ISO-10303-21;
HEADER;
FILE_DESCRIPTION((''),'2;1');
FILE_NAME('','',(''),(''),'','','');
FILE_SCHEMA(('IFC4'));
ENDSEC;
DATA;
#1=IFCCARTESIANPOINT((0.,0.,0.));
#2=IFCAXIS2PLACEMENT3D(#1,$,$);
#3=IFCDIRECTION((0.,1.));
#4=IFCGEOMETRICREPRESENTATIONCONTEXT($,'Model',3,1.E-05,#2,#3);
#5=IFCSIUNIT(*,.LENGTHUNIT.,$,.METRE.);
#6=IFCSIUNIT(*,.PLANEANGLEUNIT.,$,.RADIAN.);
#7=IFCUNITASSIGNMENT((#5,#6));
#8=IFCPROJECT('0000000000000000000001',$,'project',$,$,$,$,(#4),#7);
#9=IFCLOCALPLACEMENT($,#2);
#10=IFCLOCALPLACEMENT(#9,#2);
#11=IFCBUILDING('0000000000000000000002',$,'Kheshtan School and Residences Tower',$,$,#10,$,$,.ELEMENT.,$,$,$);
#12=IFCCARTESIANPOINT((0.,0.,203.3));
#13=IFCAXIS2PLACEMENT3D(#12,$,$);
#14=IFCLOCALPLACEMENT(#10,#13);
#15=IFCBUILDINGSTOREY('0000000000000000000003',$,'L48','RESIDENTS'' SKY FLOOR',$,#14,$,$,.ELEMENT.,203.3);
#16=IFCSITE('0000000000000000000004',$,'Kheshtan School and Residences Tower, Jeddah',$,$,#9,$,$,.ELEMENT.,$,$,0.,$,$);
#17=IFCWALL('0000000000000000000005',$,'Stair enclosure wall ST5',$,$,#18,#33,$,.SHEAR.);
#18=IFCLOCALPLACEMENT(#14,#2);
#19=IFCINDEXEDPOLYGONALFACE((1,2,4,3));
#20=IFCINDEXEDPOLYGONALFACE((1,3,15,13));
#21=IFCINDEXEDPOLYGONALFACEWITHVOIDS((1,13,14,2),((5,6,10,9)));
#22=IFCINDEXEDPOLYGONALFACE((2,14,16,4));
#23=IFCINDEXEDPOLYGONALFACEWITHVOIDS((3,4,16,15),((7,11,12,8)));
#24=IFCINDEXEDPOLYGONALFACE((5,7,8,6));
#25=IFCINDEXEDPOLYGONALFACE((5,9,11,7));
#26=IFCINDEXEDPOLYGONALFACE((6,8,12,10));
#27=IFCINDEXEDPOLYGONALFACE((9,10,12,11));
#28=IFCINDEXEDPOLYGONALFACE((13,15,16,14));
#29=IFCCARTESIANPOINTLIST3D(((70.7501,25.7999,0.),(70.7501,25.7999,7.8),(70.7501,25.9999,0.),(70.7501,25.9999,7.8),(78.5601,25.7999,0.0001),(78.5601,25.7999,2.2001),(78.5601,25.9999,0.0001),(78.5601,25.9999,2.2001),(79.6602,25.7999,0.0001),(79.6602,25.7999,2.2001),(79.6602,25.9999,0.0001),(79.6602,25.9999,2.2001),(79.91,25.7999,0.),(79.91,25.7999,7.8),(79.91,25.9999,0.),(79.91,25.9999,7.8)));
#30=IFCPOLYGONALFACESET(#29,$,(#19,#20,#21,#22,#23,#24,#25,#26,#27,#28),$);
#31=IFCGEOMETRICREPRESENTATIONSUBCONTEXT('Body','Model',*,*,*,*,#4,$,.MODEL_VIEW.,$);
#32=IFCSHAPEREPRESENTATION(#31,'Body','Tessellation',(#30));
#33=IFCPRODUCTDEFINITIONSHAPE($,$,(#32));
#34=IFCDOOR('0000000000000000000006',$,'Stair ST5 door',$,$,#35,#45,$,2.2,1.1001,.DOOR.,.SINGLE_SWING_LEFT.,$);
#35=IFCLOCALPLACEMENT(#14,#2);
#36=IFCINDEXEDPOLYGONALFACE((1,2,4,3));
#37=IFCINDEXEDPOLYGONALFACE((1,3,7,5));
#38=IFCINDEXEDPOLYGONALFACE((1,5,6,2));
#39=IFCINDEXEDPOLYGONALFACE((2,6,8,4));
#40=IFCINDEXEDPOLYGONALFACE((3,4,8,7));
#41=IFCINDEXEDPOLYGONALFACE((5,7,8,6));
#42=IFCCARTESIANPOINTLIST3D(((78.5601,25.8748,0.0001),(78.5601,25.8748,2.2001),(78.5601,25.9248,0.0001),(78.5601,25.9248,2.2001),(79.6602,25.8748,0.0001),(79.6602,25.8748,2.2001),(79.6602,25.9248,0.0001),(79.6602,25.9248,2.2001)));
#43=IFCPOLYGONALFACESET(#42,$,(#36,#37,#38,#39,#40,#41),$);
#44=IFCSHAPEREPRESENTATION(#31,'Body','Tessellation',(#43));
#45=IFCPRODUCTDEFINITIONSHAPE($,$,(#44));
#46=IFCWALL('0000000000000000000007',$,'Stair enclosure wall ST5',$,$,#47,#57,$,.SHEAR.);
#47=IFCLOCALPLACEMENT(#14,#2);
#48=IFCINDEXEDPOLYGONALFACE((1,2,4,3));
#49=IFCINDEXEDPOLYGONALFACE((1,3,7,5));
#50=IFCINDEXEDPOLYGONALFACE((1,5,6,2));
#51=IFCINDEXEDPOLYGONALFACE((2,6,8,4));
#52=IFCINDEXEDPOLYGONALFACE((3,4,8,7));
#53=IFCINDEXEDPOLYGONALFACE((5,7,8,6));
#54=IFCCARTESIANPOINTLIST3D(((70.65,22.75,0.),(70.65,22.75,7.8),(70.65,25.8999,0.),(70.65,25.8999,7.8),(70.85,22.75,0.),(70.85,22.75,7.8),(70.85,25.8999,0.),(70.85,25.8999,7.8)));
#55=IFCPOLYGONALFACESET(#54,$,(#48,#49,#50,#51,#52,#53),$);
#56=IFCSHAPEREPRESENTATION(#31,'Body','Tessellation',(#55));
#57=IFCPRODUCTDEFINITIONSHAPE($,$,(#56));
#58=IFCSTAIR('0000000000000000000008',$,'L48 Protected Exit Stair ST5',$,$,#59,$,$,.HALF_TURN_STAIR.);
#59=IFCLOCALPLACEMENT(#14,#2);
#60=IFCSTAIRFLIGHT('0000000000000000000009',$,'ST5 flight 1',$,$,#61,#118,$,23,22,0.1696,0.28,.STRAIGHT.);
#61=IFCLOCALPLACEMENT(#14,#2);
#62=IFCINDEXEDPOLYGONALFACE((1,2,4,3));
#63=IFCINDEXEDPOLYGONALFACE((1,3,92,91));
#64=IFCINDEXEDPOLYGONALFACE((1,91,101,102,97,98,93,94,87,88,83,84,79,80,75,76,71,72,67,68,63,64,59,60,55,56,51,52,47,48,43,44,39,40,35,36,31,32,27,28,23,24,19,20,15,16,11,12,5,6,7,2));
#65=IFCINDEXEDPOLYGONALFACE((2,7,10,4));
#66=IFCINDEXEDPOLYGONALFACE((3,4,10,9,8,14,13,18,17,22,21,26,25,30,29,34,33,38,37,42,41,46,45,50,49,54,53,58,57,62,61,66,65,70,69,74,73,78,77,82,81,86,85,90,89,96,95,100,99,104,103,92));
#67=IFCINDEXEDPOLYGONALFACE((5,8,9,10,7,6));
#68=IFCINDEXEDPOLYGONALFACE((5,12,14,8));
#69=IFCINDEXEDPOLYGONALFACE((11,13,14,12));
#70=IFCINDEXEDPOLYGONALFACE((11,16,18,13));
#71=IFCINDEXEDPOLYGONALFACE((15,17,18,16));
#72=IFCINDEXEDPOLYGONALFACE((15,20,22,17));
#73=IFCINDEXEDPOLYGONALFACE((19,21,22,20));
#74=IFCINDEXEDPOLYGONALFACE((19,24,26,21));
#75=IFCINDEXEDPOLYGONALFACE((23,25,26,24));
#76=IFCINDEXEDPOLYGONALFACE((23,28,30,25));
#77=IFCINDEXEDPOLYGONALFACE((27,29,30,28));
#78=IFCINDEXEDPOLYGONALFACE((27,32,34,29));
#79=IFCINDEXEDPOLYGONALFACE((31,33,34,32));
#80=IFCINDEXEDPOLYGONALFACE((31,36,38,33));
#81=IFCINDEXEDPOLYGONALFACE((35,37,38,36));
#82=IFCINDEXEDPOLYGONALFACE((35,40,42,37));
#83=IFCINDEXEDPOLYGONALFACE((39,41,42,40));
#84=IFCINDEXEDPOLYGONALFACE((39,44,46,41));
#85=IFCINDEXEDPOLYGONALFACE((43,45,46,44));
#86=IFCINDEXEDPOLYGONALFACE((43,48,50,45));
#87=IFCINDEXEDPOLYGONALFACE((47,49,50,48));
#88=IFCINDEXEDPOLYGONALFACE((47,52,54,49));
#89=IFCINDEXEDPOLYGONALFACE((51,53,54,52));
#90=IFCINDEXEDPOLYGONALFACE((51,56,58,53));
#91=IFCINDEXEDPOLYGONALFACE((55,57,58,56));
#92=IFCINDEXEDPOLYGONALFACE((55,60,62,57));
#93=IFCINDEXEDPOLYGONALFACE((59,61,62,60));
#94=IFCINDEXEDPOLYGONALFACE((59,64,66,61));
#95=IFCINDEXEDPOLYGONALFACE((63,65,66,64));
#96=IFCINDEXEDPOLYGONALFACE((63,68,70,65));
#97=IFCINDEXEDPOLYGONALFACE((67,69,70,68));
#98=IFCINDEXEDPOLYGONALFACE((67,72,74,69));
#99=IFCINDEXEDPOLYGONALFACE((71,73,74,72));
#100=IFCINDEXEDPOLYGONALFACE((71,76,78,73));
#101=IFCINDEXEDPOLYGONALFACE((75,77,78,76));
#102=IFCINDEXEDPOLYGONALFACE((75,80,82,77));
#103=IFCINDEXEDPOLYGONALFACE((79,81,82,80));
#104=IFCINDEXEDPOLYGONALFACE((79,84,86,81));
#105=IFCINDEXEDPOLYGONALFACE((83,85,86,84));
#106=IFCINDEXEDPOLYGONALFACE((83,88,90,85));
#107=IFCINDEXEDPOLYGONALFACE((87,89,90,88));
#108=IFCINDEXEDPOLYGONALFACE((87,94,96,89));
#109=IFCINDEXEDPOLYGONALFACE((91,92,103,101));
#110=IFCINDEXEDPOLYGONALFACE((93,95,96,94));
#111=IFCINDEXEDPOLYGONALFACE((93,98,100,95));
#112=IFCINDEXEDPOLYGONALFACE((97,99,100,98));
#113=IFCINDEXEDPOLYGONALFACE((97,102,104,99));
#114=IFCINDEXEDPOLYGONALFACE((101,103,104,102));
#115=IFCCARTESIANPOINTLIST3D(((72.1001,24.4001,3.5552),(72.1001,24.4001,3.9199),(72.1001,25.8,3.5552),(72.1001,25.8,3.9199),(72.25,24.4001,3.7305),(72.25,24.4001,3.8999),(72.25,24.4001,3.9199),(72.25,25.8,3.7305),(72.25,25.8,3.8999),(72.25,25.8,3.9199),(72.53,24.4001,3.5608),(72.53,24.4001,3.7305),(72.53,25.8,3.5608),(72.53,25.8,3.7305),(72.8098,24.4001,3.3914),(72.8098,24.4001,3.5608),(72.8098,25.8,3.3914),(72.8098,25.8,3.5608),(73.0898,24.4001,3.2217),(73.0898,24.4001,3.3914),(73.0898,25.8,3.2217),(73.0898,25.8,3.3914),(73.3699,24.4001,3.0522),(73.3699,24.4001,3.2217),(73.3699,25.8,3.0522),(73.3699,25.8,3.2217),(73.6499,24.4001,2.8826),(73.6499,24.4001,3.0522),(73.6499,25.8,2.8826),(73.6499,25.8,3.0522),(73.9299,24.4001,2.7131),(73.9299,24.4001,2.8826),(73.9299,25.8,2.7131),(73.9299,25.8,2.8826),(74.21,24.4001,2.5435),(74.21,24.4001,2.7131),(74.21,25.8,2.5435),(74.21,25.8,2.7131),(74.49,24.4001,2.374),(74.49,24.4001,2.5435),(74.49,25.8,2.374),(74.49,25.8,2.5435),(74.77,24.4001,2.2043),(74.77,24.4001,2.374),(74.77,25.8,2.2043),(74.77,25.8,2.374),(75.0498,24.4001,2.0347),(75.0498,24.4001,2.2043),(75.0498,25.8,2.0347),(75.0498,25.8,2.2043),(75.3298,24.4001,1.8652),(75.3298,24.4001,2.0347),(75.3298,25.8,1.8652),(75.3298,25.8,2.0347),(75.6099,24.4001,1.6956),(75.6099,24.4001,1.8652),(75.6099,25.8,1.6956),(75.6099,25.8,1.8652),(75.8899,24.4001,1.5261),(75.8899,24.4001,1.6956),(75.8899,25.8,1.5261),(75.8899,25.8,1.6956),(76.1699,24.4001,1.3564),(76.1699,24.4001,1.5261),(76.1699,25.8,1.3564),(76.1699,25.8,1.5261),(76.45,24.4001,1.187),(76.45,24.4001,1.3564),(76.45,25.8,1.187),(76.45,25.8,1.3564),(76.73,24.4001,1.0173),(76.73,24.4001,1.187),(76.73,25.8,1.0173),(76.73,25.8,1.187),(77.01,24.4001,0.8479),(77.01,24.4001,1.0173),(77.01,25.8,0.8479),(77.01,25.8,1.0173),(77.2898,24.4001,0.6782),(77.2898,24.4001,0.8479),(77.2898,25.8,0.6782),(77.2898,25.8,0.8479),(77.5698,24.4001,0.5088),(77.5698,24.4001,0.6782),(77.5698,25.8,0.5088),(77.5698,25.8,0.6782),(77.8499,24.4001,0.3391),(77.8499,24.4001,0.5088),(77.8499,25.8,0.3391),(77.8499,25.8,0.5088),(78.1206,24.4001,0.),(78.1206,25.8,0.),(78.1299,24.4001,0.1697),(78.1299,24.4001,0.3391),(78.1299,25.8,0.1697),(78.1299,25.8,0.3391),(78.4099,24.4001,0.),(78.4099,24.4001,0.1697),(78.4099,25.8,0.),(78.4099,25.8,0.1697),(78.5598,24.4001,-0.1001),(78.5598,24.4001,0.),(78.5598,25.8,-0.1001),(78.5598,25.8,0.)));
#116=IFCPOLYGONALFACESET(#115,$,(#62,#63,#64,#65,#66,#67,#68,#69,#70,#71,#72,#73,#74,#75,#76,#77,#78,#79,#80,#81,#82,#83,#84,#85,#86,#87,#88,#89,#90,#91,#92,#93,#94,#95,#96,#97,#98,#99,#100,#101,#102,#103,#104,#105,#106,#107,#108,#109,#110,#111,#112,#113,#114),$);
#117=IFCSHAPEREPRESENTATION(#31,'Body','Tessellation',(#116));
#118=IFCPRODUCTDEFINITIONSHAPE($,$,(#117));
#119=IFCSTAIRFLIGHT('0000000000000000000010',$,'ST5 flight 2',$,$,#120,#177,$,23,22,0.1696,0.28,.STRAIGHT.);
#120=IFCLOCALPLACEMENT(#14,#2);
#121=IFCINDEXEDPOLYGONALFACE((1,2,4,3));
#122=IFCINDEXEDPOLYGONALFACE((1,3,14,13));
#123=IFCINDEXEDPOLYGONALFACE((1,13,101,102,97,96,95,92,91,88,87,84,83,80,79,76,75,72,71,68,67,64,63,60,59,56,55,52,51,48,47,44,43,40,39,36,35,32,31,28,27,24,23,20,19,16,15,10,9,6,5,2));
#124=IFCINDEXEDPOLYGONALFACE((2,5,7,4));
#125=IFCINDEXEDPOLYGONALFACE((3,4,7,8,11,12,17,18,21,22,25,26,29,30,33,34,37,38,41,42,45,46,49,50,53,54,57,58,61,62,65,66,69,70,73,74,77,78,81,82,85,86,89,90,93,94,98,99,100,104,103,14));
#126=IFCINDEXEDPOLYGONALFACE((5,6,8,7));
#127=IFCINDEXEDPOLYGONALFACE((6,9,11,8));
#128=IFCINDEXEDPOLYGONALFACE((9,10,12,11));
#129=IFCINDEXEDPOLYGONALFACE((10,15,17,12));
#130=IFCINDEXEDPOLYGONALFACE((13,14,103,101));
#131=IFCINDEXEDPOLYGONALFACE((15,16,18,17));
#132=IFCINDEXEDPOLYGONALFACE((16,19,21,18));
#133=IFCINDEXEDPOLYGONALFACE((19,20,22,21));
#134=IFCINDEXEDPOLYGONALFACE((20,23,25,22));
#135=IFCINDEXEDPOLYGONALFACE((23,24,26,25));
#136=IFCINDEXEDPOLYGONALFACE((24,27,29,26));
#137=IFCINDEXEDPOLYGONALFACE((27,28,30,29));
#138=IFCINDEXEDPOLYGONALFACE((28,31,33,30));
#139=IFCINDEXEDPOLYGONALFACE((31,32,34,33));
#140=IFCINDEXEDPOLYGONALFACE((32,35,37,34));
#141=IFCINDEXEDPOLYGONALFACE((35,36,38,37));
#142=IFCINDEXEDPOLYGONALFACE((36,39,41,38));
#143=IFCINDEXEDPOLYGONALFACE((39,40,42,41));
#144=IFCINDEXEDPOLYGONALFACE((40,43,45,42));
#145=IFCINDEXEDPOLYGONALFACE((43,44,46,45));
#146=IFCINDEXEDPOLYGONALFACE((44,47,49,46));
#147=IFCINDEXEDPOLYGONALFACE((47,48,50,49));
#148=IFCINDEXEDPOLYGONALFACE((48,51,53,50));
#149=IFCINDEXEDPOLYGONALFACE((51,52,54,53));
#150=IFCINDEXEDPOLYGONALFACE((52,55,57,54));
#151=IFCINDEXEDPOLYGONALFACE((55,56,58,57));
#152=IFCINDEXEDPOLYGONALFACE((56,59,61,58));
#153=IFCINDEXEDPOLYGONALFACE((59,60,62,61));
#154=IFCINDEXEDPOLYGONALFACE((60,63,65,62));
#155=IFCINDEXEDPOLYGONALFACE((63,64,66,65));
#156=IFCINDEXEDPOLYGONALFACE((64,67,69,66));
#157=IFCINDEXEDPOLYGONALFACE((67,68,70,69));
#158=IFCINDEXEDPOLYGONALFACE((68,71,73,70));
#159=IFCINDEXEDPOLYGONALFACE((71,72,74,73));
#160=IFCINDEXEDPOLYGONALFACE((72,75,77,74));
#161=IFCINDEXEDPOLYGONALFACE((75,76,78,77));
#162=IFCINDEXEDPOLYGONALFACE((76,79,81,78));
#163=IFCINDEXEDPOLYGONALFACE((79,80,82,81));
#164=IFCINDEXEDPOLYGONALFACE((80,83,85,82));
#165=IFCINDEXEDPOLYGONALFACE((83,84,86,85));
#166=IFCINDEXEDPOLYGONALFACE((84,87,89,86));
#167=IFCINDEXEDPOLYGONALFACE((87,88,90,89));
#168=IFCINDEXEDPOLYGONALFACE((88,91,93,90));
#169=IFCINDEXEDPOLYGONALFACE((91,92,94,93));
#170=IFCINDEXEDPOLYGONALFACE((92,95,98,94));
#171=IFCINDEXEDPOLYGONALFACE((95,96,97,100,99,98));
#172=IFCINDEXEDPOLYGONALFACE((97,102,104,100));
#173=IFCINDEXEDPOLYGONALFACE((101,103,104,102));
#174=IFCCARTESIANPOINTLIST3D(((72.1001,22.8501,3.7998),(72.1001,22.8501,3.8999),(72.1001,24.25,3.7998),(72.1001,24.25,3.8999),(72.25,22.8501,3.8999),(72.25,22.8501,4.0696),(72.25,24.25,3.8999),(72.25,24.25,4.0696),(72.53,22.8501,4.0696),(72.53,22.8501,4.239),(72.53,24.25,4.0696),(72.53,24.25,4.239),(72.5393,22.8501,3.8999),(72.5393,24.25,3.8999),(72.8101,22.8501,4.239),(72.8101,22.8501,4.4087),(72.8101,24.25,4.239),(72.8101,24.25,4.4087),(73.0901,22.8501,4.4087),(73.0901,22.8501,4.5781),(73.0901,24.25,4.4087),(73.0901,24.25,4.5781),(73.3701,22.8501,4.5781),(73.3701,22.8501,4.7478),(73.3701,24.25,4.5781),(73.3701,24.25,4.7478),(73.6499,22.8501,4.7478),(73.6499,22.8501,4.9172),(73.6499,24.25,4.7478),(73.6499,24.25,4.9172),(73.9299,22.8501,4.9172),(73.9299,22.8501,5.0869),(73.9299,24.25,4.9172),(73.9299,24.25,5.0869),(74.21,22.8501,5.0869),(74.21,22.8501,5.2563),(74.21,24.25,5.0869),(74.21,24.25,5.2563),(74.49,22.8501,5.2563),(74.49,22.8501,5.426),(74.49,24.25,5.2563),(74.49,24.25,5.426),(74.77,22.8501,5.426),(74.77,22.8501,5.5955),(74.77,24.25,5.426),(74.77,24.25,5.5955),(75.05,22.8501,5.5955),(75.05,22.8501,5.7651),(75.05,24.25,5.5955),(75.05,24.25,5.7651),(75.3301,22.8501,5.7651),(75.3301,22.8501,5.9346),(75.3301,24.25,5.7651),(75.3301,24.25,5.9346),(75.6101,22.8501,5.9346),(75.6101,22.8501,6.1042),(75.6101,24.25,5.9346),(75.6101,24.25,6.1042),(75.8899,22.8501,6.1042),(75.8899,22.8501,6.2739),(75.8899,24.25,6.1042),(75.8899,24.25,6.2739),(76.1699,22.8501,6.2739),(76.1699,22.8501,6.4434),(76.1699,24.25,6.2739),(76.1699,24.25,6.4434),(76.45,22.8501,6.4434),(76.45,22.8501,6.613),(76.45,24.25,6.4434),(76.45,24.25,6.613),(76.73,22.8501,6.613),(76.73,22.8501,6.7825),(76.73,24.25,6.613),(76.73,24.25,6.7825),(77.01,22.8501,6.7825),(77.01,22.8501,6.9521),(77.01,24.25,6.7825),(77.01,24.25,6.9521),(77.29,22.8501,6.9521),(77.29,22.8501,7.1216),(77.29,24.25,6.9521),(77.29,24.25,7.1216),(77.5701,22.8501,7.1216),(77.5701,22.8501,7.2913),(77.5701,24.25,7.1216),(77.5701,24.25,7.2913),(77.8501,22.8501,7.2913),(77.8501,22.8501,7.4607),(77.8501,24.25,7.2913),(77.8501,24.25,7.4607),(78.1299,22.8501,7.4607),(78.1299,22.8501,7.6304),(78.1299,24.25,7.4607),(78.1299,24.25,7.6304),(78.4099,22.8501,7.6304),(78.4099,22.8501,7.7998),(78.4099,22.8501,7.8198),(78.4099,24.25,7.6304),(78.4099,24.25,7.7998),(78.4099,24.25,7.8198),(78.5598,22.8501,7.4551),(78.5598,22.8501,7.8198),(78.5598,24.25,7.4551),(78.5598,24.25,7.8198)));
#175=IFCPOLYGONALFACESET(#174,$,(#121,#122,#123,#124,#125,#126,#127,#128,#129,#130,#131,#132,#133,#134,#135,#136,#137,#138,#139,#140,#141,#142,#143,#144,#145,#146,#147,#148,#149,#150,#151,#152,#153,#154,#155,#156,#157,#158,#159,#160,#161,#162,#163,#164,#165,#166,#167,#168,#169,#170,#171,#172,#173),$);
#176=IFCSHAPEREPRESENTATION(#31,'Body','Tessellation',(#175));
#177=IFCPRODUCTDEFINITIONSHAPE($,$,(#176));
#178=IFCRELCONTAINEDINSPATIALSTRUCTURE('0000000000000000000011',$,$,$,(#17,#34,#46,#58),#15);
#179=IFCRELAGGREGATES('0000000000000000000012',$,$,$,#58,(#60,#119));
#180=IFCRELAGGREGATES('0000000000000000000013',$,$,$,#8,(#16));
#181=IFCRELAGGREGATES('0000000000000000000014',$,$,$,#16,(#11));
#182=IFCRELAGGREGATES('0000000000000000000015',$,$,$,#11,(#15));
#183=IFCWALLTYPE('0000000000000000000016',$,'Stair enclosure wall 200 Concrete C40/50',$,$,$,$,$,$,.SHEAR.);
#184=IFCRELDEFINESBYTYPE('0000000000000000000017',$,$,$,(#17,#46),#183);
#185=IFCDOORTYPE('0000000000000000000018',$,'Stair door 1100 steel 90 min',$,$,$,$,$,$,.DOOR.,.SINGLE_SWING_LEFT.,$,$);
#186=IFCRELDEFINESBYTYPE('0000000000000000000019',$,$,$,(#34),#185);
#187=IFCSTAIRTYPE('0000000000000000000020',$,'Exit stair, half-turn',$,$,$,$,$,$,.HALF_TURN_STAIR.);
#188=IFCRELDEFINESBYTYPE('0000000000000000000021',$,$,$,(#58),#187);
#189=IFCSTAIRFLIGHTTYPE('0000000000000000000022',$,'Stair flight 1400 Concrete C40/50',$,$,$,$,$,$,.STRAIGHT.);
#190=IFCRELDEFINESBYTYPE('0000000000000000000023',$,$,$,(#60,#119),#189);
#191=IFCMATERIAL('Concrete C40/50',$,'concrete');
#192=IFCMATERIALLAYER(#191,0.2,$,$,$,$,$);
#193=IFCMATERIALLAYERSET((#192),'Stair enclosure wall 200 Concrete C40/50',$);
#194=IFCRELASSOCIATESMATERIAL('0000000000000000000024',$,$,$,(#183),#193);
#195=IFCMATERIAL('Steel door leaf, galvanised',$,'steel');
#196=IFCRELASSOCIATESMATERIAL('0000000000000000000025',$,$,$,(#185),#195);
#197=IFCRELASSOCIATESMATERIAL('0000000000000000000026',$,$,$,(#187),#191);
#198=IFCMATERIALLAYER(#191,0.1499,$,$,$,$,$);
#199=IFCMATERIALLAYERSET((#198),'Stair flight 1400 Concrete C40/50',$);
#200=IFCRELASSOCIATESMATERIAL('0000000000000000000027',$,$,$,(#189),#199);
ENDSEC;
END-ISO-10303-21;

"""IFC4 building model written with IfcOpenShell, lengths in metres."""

from ifc_helpers import new_model, si_unit, direction, frame, frame_2d, origin, place, context, subcontext, project, spatial, polyline, rectangle, outline, extrude, source, transform, mapped, material, layer, layer_set, type_object, element, fill, aggregate, save


model = new_model("IFC4")

# Units and contexts
model_context = context("Model", 3, precision=1e-05, world=origin(), true_north=direction((0.0, 1.0)))
body_context = subcontext(model_context, "Body", "Model", "MODEL_VIEW")
ifc_project = project(units=[si_unit("LENGTHUNIT", "METRE"), si_unit("PLANEANGLEUNIT", "RADIAN")], contexts=[model_context])

# Site, building, storey
site_placement = place(None, origin())
site = spatial("IfcSite", under=ifc_project, at=site_placement, Name="Kheshtan School and Residences Tower, Jeddah", CompositionType="ELEMENT", RefElevation=0.0)
building_placement = place(site_placement, origin())
building = spatial("IfcBuilding", under=site, at=building_placement, Name="Kheshtan School and Residences Tower", CompositionType="ELEMENT")
storey_placement = place(building_placement, frame((0.0, 0.0, 203.3)))
storey = spatial("IfcBuildingStorey", under=building, at=storey_placement, Name="L48", Description="RESIDENTS' SKY FLOOR", CompositionType="ELEMENT", Elevation=203.3)

# Shared definitions
ifc_material_1 = material(Name="Steel door leaf, galvanised", Category="steel")

# Shared definitions
ifc_material_2 = material(Name="Concrete C40/50", Category="concrete")
ifc_layer_1 = layer(ifc_material_2, 0.2)
ifc_layer_set_1 = layer_set([ifc_layer_1], Name="Stair enclosure wall 200 Concrete C40/50")
wall_type_1 = type_object("IfcWallType", Name="Stair enclosure wall 200 Concrete C40/50", PredefinedType="SHEAR", material=ifc_layer_set_1)

# Wall, opening, door
wall_1_placement = place(storey_placement, frame((70.75, 25.8999, 0.0), z_axis=(0.0, 0.0, 1.0), x_axis=(1.0, 0.0, 0.0)))
wall_1 = element("IfcWall", 1, at=wall_1_placement, inside=storey, type_object=wall_type_1, Name="Stair enclosure wall ST5", PredefinedType="SHEAR", context=body_context, shape_type="SweptSolid", body=[
    extrude(rectangle(XDim=9.1599, YDim=0.2, at=frame_2d((4.5801, 0.0))), origin(), (0.0, 0.0, 1.0), 7.8),
])
opening_1_placement = place(wall_1_placement, frame((7.8101, 0.0, 0.0)))
opening_1 = element("IfcOpeningElement", 2, at=opening_1_placement, cuts=wall_1, PredefinedType="OPENING", context=body_context, shape_type="SweptSolid", body=[
    extrude(rectangle(XDim=1.1001, YDim=2.2, at=frame_2d((0.55, 1.1001))), frame((0.0, 0.1099, 0.0), z_axis=(0.0, -1.0, 0.0), x_axis=(1.0, 0.0, 0.0)), (0.0, 0.0, 1.0), 0.22),
])
door_type_1 = type_object("IfcDoorType", Name="Stair door 1100 steel 90 min", OperationType="SINGLE_SWING_LEFT", PredefinedType="DOOR", material=ifc_material_1)
shared_shape_1 = source(origin(), body_context, "Body", "SweptSolid", [
    extrude(rectangle(XDim=1.1001, YDim=2.2, at=frame_2d((0.55, 1.1001))), frame((0.0, 0.0249, 0.0), z_axis=(0.0, -1.0, 0.0), x_axis=(1.0, 0.0, 0.0)), (0.0, 0.0, 1.0), 0.05),
])
door_1_placement = place(opening_1_placement, origin())
door_1 = element("IfcDoor", 3, at=door_1_placement, inside=storey, type_object=door_type_1, Name="Stair ST5 door", OperationType="SINGLE_SWING_LEFT", OverallHeight=2.2, OverallWidth=1.1001, PredefinedType="DOOR", context=body_context, shape_type="MappedRepresentation", body=[
    mapped(shared_shape_1, transform((0.0, 0.0, 0.0), x_axis=(1.0, 0.0, 0.0), y_axis=(0.0, 1.0, 0.0), z_axis=(0.0, 0.0, 1.0), scale=1.0)),
])
fill(opening_1, door_1)

# Wall
wall_2_placement = place(storey_placement, frame((70.75, 22.75, 0.0), z_axis=(0.0, 0.0, 1.0), x_axis=(0.0, 1.0, 0.0)))
element("IfcWall", 4, at=wall_2_placement, inside=storey, type_object=wall_type_1, Name="Stair enclosure wall ST5", PredefinedType="SHEAR", context=body_context, shape_type="SweptSolid", body=[
    extrude(rectangle(XDim=3.1499, YDim=0.2, at=frame_2d((1.575, 0.0))), origin(), (0.0, 0.0, 1.0), 7.8),
])

# Stair, stair flights
stair_type = type_object("IfcStairType", Name="Exit stair, half-turn", PredefinedType="HALF_TURN_STAIR", material=ifc_material_2)
stair_placement = place(storey_placement, origin())
stair = element("IfcStair", 5, at=stair_placement, inside=storey, type_object=stair_type, Name="L48 Protected Exit Stair ST5", PredefinedType="HALF_TURN_STAIR")
ifc_layer_2 = layer(ifc_material_2, 0.1499)
ifc_layer_set_2 = layer_set([ifc_layer_2], Name="Stair flight 1400 Concrete C40/50")
stair_flight_type = type_object("IfcStairFlightType", Name="Stair flight 1400 Concrete C40/50", PredefinedType="STRAIGHT", material=ifc_layer_set_2)
stair_flight_1_placement = place(storey_placement, frame((78.4099, 25.1001, 0.0), z_axis=(0.0, 0.0, 1.0), x_axis=(-1.0, 0.0, 0.0)))
stair_flight_1 = element("IfcStairFlight", 6, at=stair_flight_1_placement, type_object=stair_flight_type, Name="ST5 flight 1", NumberOfRisers=23, NumberOfTreads=22, PredefinedType="STRAIGHT", RiserHeight=0.1696, TreadLength=0.28, context=body_context, shape_type="SweptSolid", body=[
    extrude(outline(polyline([(-0.1499, -0.1001), (-0.1499, 0.0), (0.0, 0.0), (0.0, 0.1697), (0.28, 0.1697), (0.28, 0.3391), (0.5601, 0.3391), (0.5601, 0.5088), (0.8401, 0.5088), (0.8401, 0.6782), (1.1201, 0.6782), (1.1201, 0.8479), (1.3999, 0.8479), (1.3999, 1.0173), (1.6799, 1.0173), (1.6799, 1.187), (1.96, 1.187), (1.96, 1.3564), (2.24, 1.3564), (2.24, 1.5261), (2.52, 1.5261), (2.52, 1.6956), (2.8, 1.6956), (2.8, 1.8652), (3.0801, 1.8652), (3.0801, 2.0347), (3.3601, 2.0347), (3.3601, 2.2043), (3.6399, 2.2043), (3.6399, 2.374), (3.9199, 2.374), (3.9199, 2.5435), (4.2, 2.5435), (4.2, 2.7131), (4.48, 2.7131), (4.48, 2.8826), (4.76, 2.8826), (4.76, 3.0522), (5.04, 3.0522), (5.04, 3.2217), (5.3201, 3.2217), (5.3201, 3.3914), (5.6001, 3.3914), (5.6001, 3.5608), (5.8799, 3.5608), (5.8799, 3.7305), (6.1599, 3.7305), (6.1599, 3.8999), (6.1599, 3.9199), (6.3098, 3.9199), (6.3098, 3.5552), (0.2893, 0.0), (-0.1499, -0.1001)])), frame((0.0, 0.7, 0.0), z_axis=(0.0, -1.0, 0.0), x_axis=(1.0, 0.0, 0.0)), (0.0, 0.0, 1.0), 1.3999),
])
stair_flight_2_placement = place(storey_placement, frame((72.25, 23.55, 3.8999), z_axis=(0.0, 0.0, 1.0), x_axis=(1.0, 0.0, 0.0)))
stair_flight_2 = element("IfcStairFlight", 7, at=stair_flight_2_placement, type_object=stair_flight_type, Name="ST5 flight 2", NumberOfRisers=23, NumberOfTreads=22, PredefinedType="STRAIGHT", RiserHeight=0.1696, TreadLength=0.28, context=body_context, shape_type="SweptSolid", body=[
    extrude(outline(polyline([(-0.1499, -0.1001), (-0.1499, 0.0), (0.0, 0.0), (0.0, 0.1697), (0.28, 0.1697), (0.28, 0.3391), (0.5601, 0.3391), (0.5601, 0.5088), (0.8401, 0.5088), (0.8401, 0.6782), (1.1201, 0.6782), (1.1201, 0.8479), (1.3999, 0.8479), (1.3999, 1.0173), (1.6799, 1.0173), (1.6799, 1.187), (1.96, 1.187), (1.96, 1.3564), (2.24, 1.3564), (2.24, 1.5261), (2.52, 1.5261), (2.52, 1.6956), (2.8, 1.6956), (2.8, 1.8652), (3.0801, 1.8652), (3.0801, 2.0347), (3.3601, 2.0347), (3.3601, 2.2043), (3.6399, 2.2043), (3.6399, 2.374), (3.9199, 2.374), (3.9199, 2.5435), (4.2, 2.5435), (4.2, 2.7131), (4.48, 2.7131), (4.48, 2.8826), (4.76, 2.8826), (4.76, 3.0522), (5.04, 3.0522), (5.04, 3.2217), (5.3201, 3.2217), (5.3201, 3.3914), (5.6001, 3.3914), (5.6001, 3.5608), (5.8799, 3.5608), (5.8799, 3.7305), (6.1599, 3.7305), (6.1599, 3.8999), (6.1599, 3.9199), (6.3098, 3.9199), (6.3098, 3.5552), (0.2893, 0.0), (-0.1499, -0.1001)])), frame((0.0, 0.7, 0.0), z_axis=(0.0, -1.0, 0.0), x_axis=(1.0, 0.0, 0.0)), (0.0, 0.0, 1.0), 1.3999),
])
aggregate(stair, [stair_flight_1, stair_flight_2])

save(model, "model.ifc")
